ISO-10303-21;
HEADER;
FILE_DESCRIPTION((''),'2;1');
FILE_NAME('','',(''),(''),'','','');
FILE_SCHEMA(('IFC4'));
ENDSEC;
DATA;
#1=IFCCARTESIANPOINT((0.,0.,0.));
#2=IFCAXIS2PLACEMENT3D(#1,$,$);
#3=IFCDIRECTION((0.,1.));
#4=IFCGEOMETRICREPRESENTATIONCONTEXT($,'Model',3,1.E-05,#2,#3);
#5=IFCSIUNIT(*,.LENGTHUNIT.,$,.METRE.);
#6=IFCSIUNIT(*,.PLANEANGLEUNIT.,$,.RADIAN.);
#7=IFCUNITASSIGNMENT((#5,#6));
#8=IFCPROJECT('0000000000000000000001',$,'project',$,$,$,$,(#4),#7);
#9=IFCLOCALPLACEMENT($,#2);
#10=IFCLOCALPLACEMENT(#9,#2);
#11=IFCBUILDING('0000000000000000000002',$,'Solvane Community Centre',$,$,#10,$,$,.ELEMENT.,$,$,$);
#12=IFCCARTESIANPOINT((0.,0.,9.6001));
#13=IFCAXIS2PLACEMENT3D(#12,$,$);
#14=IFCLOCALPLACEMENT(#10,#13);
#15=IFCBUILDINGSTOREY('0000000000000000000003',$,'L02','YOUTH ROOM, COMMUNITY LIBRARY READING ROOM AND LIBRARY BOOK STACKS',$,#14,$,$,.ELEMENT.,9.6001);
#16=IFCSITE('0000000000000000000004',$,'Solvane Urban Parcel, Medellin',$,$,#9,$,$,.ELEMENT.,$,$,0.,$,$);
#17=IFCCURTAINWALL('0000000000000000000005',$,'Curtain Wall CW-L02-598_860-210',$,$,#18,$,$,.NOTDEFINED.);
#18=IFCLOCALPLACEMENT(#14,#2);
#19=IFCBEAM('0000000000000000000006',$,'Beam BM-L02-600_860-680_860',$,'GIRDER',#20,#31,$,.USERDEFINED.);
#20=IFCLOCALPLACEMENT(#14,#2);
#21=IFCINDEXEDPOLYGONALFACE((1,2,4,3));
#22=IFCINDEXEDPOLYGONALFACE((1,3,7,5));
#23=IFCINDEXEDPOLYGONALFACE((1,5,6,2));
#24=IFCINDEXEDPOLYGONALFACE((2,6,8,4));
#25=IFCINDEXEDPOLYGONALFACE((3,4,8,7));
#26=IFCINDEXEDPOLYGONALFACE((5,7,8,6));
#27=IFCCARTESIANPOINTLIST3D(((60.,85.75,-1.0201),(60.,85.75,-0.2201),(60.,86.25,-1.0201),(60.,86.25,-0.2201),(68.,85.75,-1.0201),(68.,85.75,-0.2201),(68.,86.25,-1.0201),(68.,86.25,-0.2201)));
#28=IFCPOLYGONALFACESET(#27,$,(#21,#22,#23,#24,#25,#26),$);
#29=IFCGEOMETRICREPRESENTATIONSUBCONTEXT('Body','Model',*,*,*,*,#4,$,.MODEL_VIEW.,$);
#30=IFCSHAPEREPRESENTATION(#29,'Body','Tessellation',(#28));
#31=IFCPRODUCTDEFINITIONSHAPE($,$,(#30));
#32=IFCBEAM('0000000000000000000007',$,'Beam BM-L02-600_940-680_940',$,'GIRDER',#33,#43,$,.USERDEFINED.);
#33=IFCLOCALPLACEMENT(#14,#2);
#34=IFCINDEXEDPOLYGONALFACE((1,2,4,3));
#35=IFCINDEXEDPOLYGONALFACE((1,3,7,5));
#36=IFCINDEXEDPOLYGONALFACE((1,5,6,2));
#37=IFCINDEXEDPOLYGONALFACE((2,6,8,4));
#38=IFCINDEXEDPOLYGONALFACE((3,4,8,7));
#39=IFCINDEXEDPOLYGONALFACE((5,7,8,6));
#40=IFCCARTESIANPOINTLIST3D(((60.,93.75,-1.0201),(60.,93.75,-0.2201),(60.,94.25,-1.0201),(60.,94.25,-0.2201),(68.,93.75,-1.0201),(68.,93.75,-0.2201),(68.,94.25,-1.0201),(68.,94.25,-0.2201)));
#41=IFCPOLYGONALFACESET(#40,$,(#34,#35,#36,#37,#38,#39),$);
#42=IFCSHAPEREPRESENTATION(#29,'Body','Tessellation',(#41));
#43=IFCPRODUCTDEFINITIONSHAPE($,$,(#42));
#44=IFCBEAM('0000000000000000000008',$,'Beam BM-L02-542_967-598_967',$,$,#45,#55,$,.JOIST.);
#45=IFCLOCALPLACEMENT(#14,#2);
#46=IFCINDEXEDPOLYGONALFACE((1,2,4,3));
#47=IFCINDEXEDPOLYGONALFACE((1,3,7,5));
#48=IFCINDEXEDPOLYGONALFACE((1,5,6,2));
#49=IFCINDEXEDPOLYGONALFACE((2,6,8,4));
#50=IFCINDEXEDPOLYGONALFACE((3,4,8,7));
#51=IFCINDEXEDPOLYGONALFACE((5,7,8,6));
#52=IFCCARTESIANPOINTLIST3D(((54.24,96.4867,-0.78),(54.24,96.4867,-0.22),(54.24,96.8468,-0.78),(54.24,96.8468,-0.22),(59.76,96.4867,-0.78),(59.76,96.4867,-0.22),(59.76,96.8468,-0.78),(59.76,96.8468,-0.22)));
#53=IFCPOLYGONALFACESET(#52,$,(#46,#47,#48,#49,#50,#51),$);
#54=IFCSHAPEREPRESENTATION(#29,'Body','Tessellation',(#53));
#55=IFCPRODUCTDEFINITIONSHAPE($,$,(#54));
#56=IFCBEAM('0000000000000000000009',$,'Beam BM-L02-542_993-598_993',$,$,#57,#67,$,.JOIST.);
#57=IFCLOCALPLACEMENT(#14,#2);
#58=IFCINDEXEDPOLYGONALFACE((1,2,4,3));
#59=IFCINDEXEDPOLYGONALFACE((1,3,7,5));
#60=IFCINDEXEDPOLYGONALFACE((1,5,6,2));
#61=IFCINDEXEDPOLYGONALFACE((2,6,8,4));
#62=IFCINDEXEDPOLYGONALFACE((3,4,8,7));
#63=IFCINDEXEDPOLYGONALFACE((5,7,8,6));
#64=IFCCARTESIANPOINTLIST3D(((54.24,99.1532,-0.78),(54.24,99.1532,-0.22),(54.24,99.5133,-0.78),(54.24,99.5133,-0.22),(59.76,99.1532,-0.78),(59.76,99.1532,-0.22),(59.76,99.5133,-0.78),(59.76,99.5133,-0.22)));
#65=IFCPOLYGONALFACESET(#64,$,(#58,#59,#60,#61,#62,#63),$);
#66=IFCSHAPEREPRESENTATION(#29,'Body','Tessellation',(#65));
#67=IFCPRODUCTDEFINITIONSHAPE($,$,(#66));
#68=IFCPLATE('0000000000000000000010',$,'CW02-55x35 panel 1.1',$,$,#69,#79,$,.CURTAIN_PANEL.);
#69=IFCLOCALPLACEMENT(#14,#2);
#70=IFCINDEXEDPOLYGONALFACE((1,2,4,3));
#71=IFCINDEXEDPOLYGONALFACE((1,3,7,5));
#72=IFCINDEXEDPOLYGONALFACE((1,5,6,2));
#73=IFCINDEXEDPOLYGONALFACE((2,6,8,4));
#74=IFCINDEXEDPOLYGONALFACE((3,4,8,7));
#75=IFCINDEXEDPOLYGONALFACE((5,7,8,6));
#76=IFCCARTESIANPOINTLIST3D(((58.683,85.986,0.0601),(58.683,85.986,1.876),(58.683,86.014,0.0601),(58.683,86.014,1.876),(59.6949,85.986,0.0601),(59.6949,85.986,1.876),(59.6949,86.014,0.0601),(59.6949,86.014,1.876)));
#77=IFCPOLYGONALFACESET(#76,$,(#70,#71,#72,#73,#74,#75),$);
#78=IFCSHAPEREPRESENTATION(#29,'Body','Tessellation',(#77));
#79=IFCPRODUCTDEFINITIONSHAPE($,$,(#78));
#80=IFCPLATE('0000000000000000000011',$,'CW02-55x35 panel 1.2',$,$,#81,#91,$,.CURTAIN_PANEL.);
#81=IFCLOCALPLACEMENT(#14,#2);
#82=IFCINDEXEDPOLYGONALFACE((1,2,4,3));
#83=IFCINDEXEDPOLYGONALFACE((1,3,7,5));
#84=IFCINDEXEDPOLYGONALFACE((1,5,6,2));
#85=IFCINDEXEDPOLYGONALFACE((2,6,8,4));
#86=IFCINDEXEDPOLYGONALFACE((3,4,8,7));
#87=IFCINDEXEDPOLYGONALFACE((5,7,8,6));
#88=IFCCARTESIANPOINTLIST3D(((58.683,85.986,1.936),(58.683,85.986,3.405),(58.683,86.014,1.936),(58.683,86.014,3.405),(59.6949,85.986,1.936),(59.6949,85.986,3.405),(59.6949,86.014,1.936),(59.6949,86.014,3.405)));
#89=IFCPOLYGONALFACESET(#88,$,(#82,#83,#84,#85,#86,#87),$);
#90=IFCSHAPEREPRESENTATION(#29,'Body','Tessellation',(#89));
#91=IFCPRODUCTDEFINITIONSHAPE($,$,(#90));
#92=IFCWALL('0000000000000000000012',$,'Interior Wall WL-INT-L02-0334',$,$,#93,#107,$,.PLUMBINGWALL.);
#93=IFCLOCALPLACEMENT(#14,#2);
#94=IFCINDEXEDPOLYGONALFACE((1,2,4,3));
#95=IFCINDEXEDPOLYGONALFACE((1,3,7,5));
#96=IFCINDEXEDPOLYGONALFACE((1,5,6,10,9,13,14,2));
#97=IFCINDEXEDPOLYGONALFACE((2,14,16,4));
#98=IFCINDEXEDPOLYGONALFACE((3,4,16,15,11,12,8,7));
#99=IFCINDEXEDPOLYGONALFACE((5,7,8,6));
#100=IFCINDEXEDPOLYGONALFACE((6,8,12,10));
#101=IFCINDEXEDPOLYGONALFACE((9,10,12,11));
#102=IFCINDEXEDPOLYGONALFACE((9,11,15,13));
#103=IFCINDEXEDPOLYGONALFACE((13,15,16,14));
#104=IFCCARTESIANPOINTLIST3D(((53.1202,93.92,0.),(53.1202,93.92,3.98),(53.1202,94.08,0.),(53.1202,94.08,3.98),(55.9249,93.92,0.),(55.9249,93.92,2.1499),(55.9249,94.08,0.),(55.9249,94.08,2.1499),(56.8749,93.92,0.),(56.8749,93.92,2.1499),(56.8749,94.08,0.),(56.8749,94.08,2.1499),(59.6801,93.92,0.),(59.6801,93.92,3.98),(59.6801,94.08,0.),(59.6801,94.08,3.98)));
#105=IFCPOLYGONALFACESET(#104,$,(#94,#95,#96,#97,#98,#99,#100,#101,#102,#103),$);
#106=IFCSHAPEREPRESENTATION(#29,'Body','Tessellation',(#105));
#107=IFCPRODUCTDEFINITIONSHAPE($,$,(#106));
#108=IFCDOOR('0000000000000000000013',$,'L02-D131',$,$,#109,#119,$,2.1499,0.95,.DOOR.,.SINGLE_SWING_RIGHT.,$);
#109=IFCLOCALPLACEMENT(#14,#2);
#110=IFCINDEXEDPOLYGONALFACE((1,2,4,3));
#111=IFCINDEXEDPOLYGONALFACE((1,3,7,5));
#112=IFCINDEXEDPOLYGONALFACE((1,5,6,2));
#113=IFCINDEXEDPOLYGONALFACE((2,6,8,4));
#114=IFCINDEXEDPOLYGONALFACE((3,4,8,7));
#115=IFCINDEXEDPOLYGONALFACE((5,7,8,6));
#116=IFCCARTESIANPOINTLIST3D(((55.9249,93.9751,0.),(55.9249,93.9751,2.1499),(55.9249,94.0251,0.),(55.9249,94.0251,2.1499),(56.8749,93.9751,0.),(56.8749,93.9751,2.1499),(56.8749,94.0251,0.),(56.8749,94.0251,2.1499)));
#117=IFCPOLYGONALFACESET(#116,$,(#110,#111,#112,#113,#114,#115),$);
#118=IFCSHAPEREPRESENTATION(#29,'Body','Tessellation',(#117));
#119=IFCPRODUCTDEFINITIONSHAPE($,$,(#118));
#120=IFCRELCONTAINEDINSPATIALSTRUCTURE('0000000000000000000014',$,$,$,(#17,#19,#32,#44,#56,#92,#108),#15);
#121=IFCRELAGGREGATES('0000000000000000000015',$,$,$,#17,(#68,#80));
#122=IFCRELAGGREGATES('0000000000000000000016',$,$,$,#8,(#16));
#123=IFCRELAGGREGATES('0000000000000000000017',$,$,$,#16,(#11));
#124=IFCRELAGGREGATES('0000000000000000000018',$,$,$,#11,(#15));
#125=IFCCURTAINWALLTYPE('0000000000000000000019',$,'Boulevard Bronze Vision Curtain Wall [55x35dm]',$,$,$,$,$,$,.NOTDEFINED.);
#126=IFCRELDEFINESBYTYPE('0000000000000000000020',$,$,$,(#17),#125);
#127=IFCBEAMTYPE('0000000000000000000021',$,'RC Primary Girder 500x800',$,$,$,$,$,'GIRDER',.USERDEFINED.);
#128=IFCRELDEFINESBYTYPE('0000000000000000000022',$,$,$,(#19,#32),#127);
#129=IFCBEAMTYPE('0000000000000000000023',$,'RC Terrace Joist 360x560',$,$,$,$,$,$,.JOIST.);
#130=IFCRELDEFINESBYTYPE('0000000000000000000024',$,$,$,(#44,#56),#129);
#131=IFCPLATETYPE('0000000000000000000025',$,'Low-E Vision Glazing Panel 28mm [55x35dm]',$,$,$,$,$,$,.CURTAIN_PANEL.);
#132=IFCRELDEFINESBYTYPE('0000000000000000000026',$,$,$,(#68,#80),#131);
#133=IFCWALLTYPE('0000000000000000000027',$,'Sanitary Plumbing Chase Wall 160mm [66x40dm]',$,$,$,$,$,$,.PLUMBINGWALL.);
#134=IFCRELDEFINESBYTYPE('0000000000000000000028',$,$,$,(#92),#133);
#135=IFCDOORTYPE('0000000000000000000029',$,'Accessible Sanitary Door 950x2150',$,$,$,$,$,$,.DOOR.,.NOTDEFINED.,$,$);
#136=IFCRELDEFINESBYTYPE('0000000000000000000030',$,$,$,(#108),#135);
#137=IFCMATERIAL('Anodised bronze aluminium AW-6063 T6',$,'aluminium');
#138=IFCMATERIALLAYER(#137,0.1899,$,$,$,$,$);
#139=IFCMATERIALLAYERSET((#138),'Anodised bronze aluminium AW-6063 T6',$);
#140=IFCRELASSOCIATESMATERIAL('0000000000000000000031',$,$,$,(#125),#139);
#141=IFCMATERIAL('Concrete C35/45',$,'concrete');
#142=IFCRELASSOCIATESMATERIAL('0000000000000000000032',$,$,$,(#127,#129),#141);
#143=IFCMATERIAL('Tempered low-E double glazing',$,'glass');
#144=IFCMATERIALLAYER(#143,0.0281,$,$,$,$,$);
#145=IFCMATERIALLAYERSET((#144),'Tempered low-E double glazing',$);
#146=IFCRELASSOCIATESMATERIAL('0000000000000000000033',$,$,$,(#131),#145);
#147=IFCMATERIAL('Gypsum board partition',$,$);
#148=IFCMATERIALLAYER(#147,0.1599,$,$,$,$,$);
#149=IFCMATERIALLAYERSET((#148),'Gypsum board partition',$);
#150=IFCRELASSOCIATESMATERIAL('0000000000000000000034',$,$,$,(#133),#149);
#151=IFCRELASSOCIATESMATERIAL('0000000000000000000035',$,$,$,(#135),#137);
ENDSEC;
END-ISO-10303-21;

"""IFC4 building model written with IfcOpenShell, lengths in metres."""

from ifc_helpers import new_model, si_unit, direction, frame, frame_2d, origin, origin_2d, place, context, subcontext, project, spatial, rectangle, extrude, material, layer, layer_set, material_profile, profile_set, type_object, element, fill, aggregate, save


model = new_model("IFC4")

# Units and contexts
model_context = context("Model", 3, precision=1e-05, world=origin(), true_north=direction((0.0, 1.0)))
body_context = subcontext(model_context, "Body", "Model", "MODEL_VIEW")
ifc_project = project(units=[si_unit("LENGTHUNIT", "METRE"), si_unit("PLANEANGLEUNIT", "RADIAN")], contexts=[model_context])

# Site, building, storey
site_placement = place(None, origin())
site = spatial("IfcSite", under=ifc_project, at=site_placement, Name="Solvane Urban Parcel, Medellin", CompositionType="ELEMENT", RefElevation=0.0)
building_placement = place(site_placement, origin())
building = spatial("IfcBuilding", under=site, at=building_placement, Name="Solvane Community Centre", CompositionType="ELEMENT")
storey_placement = place(building_placement, frame((0.0, 0.0, 9.6001)))
storey = spatial("IfcBuildingStorey", under=building, at=storey_placement, Name="L02", Description="YOUTH ROOM, COMMUNITY LIBRARY READING ROOM AND LIBRARY BOOK STACKS", CompositionType="ELEMENT", Elevation=9.6001)

# Curtain wall
ifc_material_1 = material(Name="Anodised bronze aluminium AW-6063 T6", Category="aluminium")
ifc_layer_1 = layer(ifc_material_1, 0.1899)
ifc_layer_set_1 = layer_set([ifc_layer_1], Name="Anodised bronze aluminium AW-6063 T6")
curtain_wall_type = type_object("IfcCurtainWallType", Name="Boulevard Bronze Vision Curtain Wall [55x35dm]", PredefinedType="NOTDEFINED", material=ifc_layer_set_1)
curtain_wall_placement = place(storey_placement, origin())
curtain_wall = element("IfcCurtainWall", 1, at=curtain_wall_placement, inside=storey, type_object=curtain_wall_type, Name="Curtain Wall CW-L02-598_860-210", PredefinedType="NOTDEFINED")

# Beams
ifc_material_2 = material(Name="Concrete C35/45", Category="concrete")
ifc_material_profile_1 = material_profile(ifc_material_2, rectangle(XDim=0.5, YDim=0.8, at=origin_2d()), Name="RC 500x800")
ifc_profile_set_1 = profile_set([ifc_material_profile_1], Name="Concrete C35/45")
beam_type_1 = type_object("IfcBeamType", Name="RC Primary Girder 500x800", ElementType="GIRDER", PredefinedType="USERDEFINED", material=ifc_profile_set_1)
for number, where, z_axis, x_axis, name in (
    (2, (60.0, 86.0, -0.6201), (1.0, 0.0, 0.0), (0.0, 1.0, 0.0), "Beam BM-L02-600_860-680_860"),
    (3, (60.0, 94.0, -0.6201), (1.0, 0.0, 0.0), (0.0, 1.0, 0.0), "Beam BM-L02-600_940-680_940"),
):
    element("IfcBeam", number, at=place(storey_placement, frame(where, z_axis=z_axis, x_axis=x_axis)), inside=storey, type_object=beam_type_1, Name=name, ObjectType="GIRDER", PredefinedType="USERDEFINED", context=body_context, shape_type="SweptSolid", body=[
        extrude(rectangle(XDim=0.5, YDim=0.8, at=origin_2d()), origin(), (0.0, 0.0, 1.0), 8.0),
    ])
ifc_material_profile_2 = material_profile(ifc_material_2, rectangle(XDim=0.3601, YDim=0.5601, at=origin_2d()), Name="RC 360x560")
ifc_profile_set_2 = profile_set([ifc_material_profile_2], Name="Concrete C35/45")
beam_type_2 = type_object("IfcBeamType", Name="RC Terrace Joist 360x560", PredefinedType="JOIST", material=ifc_profile_set_2)
for number, where, z_axis, x_axis, name in (
    (4, (54.24, 96.6667, -0.5), (1.0, 0.0, 0.0), (0.0, 1.0, 0.0), "Beam BM-L02-542_967-598_967"),
    (5, (54.24, 99.3333, -0.5), (1.0, 0.0, 0.0), (0.0, 1.0, 0.0), "Beam BM-L02-542_993-598_993"),
):
    element("IfcBeam", number, at=place(storey_placement, frame(where, z_axis=z_axis, x_axis=x_axis)), inside=storey, type_object=beam_type_2, Name=name, PredefinedType="JOIST", context=body_context, shape_type="SweptSolid", body=[
        extrude(rectangle(XDim=0.3601, YDim=0.5601, at=origin_2d()), origin(), (0.0, 0.0, 1.0), 5.52),
    ])

# Plates
ifc_material_3 = material(Name="Tempered low-E double glazing", Category="glass")
ifc_layer_2 = layer(ifc_material_3, 0.0281)
ifc_layer_set_2 = layer_set([ifc_layer_2], Name="Tempered low-E double glazing")
plate_type = type_object("IfcPlateType", Name="Low-E Vision Glazing Panel 28mm [55x35dm]", PredefinedType="CURTAIN_PANEL", material=ifc_layer_set_2)
plate_1_placement = place(storey_placement, frame((59.189, 86.0, 0.0601), z_axis=(0.0, 0.0, 1.0), x_axis=(-1.0, 0.0, 0.0)))
plate_1 = element("IfcPlate", 6, at=plate_1_placement, type_object=plate_type, Name="CW02-55x35 panel 1.1", PredefinedType="CURTAIN_PANEL", context=body_context, shape_type="SweptSolid", body=[
    extrude(rectangle(XDim=1.012, YDim=0.0281, at=origin_2d()), origin(), (0.0, 0.0, 1.0), 1.8159),
])
plate_2_placement = place(storey_placement, frame((59.189, 86.0, 1.936), z_axis=(0.0, 0.0, 1.0), x_axis=(-1.0, 0.0, 0.0)))
plate_2 = element("IfcPlate", 7, at=plate_2_placement, type_object=plate_type, Name="CW02-55x35 panel 1.2", PredefinedType="CURTAIN_PANEL", context=body_context, shape_type="SweptSolid", body=[
    extrude(rectangle(XDim=1.012, YDim=0.0281, at=origin_2d()), origin(), (0.0, 0.0, 1.0), 1.469),
])
aggregate(curtain_wall, [plate_1, plate_2])

# Wall, opening, door
ifc_material_4 = material(Name="Gypsum board partition")
ifc_layer_3 = layer(ifc_material_4, 0.1599)
ifc_layer_set_3 = layer_set([ifc_layer_3], Name="Gypsum board partition")
wall_type = type_object("IfcWallType", Name="Sanitary Plumbing Chase Wall 160mm [66x40dm]", PredefinedType="PLUMBINGWALL", material=ifc_layer_set_3)
wall_placement = place(storey_placement, frame((59.6799, 94.0, 0.0), z_axis=(0.0, 0.0, 1.0), x_axis=(-1.0, 0.0, 0.0)))
wall = element("IfcWall", 8, at=wall_placement, inside=storey, type_object=wall_type, Name="Interior Wall WL-INT-L02-0334", PredefinedType="PLUMBINGWALL", context=body_context, shape_type="SweptSolid", body=[
    extrude(rectangle(XDim=6.5598, YDim=0.1599, at=frame_2d((3.2798, 0.0))), origin(), (0.0, 0.0, 1.0), 3.98),
])
opening_placement = place(wall_placement, frame((2.8049, 0.0, 0.0)))
opening = element("IfcOpeningElement", 9, at=opening_placement, cuts=wall, PredefinedType="OPENING", context=body_context, shape_type="SweptSolid", body=[
    extrude(rectangle(XDim=0.95, YDim=2.1499, at=frame_2d((0.4751, 1.075))), frame((0.0, 0.0898, 0.0), z_axis=(0.0, -1.0, 0.0), x_axis=(1.0, 0.0, 0.0)), (0.0, 0.0, 1.0), 0.1799),
])
door_type = type_object("IfcDoorType", Name="Accessible Sanitary Door 950x2150", OperationType="NOTDEFINED", PredefinedType="DOOR", material=ifc_material_1)
door_placement = place(opening_placement, origin())
door = element("IfcDoor", 10, at=door_placement, inside=storey, type_object=door_type, Name="L02-D131", OperationType="SINGLE_SWING_RIGHT", OverallHeight=2.1499, OverallWidth=0.95, PredefinedType="DOOR", context=body_context, shape_type="SweptSolid", body=[
    extrude(rectangle(XDim=0.95, YDim=2.1499, at=frame_2d((0.4751, 1.075))), frame((0.0, 0.0249, 0.0), z_axis=(0.0, -1.0, 0.0), x_axis=(1.0, 0.0, 0.0)), (0.0, 0.0, 1.0), 0.05),
])
fill(opening, door)

save(model, "model.ifc")
